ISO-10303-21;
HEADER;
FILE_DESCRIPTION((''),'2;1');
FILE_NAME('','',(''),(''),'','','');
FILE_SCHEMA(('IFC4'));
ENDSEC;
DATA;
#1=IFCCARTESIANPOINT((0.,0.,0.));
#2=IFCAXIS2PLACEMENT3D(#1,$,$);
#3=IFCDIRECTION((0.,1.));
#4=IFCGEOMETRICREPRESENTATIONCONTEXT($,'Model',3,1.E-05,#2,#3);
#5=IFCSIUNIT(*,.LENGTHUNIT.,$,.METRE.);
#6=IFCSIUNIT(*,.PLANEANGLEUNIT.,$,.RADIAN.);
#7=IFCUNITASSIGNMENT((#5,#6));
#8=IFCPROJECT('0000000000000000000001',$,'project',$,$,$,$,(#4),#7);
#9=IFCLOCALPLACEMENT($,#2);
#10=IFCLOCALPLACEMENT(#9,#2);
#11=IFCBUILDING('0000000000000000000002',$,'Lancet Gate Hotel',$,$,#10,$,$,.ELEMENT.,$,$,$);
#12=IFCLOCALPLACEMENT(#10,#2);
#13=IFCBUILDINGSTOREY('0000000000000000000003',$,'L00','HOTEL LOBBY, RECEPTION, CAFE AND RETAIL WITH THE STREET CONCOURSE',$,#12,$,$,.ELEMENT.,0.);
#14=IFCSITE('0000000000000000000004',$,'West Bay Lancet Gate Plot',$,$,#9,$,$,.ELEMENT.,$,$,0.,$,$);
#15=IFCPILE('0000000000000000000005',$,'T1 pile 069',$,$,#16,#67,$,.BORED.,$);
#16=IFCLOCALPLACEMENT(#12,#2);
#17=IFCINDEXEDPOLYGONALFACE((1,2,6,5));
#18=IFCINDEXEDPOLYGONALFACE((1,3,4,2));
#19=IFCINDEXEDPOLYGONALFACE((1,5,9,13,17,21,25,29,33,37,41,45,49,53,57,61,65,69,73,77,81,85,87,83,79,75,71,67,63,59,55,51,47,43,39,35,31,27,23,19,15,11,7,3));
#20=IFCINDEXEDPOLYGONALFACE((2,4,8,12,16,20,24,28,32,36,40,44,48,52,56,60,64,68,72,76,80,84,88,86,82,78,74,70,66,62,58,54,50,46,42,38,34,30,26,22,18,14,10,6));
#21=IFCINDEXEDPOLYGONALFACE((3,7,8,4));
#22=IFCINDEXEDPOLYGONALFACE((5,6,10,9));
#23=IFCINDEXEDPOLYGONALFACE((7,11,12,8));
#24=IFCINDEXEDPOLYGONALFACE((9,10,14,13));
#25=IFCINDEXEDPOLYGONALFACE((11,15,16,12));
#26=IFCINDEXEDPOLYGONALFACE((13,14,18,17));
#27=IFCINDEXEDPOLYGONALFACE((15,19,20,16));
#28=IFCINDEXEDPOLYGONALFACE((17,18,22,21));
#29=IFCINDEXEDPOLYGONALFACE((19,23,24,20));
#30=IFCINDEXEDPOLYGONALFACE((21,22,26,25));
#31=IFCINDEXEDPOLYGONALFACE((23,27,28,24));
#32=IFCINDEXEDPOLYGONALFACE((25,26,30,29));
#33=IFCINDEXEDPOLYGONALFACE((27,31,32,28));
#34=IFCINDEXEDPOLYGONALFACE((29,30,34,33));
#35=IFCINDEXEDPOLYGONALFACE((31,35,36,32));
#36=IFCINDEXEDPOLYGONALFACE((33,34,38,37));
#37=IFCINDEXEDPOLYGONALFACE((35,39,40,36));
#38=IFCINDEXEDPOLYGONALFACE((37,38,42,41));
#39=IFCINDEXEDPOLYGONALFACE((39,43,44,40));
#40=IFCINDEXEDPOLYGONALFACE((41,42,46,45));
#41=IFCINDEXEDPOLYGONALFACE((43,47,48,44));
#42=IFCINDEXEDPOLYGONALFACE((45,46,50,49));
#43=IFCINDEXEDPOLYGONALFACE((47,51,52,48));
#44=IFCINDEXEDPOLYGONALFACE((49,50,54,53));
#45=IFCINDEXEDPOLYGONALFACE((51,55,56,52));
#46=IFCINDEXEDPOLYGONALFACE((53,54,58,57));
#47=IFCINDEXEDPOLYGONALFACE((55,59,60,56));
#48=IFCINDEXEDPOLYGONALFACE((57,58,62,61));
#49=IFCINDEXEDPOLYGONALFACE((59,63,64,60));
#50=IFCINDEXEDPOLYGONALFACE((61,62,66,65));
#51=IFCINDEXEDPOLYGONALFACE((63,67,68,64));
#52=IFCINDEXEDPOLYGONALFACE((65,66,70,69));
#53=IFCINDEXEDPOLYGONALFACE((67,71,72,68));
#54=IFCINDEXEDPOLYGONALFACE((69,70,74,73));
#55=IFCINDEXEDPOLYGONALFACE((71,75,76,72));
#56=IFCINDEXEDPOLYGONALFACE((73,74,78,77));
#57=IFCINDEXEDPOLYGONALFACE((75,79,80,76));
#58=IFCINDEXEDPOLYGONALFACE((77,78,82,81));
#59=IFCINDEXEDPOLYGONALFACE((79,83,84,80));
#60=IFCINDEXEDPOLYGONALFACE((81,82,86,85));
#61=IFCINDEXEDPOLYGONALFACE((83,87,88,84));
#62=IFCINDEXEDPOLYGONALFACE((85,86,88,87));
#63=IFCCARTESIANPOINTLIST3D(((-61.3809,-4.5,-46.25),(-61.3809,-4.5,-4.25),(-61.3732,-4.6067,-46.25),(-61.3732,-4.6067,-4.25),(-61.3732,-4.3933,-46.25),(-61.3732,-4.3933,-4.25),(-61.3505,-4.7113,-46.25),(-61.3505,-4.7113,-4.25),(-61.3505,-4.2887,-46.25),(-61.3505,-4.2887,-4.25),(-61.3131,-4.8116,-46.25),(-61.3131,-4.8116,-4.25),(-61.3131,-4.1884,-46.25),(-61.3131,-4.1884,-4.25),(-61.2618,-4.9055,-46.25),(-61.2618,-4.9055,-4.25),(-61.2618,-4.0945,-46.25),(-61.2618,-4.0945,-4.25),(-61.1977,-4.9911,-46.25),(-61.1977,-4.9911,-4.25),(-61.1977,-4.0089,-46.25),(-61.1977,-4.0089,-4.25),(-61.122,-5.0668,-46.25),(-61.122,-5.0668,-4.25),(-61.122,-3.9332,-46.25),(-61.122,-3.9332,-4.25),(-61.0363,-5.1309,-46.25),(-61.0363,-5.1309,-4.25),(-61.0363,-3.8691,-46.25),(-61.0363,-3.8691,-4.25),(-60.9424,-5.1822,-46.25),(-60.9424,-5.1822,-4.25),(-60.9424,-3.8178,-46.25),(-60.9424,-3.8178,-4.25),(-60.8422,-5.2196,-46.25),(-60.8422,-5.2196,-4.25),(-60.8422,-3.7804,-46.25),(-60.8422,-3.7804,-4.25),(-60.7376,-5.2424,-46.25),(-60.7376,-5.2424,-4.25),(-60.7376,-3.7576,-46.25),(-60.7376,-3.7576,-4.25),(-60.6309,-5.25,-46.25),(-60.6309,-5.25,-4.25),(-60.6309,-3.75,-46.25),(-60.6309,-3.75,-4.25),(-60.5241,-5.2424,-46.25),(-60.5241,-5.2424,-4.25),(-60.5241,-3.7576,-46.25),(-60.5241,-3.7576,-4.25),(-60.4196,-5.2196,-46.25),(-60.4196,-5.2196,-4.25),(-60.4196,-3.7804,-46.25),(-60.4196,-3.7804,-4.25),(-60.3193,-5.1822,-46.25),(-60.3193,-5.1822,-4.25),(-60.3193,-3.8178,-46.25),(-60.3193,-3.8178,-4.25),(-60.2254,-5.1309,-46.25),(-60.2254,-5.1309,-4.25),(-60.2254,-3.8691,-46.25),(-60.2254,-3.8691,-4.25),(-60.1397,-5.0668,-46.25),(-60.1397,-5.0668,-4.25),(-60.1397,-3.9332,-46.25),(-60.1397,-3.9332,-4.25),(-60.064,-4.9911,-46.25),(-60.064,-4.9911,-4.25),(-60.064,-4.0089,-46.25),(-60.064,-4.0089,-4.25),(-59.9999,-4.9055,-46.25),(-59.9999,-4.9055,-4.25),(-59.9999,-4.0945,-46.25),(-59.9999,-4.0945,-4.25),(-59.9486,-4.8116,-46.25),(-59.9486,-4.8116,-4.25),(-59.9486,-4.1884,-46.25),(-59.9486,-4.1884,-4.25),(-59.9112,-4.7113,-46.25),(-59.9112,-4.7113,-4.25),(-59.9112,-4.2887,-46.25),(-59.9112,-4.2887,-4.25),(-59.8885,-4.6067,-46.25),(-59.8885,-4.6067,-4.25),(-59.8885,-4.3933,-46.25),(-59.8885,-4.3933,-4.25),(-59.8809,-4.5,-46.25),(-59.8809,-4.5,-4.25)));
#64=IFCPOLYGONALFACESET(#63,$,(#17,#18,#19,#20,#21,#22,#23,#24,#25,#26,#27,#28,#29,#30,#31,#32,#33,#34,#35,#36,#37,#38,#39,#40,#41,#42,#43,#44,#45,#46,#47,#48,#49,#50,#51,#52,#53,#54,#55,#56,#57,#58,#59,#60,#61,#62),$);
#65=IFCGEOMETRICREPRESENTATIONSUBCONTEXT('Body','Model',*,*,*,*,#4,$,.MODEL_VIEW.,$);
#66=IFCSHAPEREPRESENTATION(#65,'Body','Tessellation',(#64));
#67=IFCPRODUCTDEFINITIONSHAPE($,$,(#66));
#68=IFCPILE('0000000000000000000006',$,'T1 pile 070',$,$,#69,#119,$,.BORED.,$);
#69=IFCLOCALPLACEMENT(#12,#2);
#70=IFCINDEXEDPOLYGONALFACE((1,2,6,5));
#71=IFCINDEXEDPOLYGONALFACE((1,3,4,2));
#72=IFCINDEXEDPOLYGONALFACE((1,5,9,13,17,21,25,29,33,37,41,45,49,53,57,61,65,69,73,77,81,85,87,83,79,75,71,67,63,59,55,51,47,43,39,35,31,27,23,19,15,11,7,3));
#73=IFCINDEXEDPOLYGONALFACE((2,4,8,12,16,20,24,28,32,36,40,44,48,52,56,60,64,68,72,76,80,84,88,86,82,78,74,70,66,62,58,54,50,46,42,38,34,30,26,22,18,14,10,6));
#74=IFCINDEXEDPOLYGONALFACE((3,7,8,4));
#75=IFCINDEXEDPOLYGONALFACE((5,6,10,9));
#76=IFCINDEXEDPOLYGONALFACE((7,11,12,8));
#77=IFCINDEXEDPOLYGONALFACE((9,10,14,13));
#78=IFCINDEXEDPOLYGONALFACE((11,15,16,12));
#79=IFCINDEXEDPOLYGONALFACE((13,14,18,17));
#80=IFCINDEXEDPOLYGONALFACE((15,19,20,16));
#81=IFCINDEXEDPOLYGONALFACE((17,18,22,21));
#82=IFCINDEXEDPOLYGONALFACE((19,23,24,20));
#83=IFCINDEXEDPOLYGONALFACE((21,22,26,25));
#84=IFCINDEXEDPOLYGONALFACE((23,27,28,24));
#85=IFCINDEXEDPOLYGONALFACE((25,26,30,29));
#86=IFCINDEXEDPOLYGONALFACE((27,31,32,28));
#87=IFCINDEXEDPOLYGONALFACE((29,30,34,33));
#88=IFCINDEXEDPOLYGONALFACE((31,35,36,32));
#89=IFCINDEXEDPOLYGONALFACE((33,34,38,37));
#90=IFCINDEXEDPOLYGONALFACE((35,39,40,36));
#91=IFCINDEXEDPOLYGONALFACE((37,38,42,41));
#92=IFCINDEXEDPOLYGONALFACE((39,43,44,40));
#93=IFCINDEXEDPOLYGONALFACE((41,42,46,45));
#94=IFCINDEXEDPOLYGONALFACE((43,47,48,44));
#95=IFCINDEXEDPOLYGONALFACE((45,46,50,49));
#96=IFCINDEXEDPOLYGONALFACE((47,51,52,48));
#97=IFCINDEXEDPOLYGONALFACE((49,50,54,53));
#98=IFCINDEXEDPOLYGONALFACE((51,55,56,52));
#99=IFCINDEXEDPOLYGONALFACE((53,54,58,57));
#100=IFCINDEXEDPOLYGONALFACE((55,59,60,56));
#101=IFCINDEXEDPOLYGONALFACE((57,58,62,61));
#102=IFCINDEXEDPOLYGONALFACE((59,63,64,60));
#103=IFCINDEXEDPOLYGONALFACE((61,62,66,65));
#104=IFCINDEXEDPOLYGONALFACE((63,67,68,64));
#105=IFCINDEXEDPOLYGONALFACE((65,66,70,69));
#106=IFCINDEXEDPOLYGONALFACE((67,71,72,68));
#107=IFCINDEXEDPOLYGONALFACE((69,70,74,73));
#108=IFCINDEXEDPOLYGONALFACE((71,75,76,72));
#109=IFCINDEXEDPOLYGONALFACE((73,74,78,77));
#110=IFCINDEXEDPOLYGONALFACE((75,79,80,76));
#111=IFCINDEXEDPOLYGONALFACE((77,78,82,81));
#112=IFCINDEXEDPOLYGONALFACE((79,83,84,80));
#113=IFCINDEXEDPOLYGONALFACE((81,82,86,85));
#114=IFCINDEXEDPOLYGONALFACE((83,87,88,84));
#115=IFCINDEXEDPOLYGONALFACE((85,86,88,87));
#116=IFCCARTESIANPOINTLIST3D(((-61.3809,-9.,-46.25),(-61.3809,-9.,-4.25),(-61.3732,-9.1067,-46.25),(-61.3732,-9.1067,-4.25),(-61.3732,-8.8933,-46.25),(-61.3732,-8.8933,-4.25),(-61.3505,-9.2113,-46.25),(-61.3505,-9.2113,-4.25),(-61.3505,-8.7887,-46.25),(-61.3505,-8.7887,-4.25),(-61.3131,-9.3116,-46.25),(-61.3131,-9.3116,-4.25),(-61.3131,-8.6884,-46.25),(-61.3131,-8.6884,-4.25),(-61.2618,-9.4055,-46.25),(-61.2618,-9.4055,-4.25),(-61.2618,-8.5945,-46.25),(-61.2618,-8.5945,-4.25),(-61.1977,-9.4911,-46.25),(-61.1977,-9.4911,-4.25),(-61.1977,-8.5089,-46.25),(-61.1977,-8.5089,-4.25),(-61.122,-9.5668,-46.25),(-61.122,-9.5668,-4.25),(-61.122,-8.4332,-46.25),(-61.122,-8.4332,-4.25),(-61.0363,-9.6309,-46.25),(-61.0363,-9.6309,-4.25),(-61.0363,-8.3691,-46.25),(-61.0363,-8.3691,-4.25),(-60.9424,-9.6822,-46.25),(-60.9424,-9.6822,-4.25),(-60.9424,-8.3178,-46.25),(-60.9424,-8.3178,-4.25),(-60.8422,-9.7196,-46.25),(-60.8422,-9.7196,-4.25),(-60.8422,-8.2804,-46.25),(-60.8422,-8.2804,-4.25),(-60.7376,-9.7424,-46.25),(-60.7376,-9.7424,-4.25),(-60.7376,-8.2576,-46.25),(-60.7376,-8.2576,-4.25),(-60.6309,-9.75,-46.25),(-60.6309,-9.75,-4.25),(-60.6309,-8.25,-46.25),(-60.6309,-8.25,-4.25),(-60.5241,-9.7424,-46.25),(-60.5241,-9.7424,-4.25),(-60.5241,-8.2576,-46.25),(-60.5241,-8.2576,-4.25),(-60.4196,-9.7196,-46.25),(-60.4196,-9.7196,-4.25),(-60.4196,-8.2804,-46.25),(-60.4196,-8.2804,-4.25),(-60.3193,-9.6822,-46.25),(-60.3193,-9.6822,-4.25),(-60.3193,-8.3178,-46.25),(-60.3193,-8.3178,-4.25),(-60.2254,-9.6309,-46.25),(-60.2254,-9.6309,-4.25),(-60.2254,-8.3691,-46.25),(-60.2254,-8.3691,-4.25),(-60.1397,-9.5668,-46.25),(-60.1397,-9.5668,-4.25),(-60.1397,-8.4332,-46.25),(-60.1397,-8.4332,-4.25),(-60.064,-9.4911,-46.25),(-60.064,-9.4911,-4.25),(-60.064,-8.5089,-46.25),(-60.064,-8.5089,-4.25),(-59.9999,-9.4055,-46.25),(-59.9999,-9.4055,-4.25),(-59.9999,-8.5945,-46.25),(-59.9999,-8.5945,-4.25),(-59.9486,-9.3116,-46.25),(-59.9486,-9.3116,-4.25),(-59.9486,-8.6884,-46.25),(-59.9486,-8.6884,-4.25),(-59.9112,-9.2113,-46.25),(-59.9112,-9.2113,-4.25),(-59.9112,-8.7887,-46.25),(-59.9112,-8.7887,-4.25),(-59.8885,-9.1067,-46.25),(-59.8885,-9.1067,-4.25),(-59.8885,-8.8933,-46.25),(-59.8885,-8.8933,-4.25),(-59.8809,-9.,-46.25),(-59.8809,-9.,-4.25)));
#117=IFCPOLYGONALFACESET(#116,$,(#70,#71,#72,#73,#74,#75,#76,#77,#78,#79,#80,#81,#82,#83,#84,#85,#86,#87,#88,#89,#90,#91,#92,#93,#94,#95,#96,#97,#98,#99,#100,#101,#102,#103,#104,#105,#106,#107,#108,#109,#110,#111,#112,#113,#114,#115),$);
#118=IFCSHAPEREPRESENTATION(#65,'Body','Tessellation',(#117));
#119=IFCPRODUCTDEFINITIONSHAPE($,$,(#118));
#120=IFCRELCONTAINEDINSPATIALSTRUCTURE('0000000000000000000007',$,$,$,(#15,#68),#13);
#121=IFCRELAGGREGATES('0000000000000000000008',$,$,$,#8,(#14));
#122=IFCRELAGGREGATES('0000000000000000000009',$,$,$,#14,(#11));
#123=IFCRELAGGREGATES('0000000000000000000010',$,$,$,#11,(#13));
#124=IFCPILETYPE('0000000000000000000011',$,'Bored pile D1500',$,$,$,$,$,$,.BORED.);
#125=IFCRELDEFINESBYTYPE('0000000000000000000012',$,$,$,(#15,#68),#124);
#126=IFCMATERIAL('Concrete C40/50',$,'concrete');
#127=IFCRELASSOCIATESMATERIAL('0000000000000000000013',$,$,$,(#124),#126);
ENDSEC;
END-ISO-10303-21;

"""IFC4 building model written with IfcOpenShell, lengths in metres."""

from ifc_helpers import new_model, si_unit, direction, frame, origin, origin_2d, place, context, subcontext, project, spatial, circle, extrude, material, material_profile, profile_set, type_object, element, save


model = new_model("IFC4")

# Units and contexts
model_context = context("Model", 3, precision=1e-05, world=origin(), true_north=direction((0.0, 1.0)))
body_context = subcontext(model_context, "Body", "Model", "MODEL_VIEW")
ifc_project = project(units=[si_unit("LENGTHUNIT", "METRE"), si_unit("PLANEANGLEUNIT", "RADIAN")], contexts=[model_context])

# Site, building, storey
site_placement = place(None, origin())
site = spatial("IfcSite", under=ifc_project, at=site_placement, Name="West Bay Lancet Gate Plot", CompositionType="ELEMENT", RefElevation=0.0)
building_placement = place(site_placement, origin())
building = spatial("IfcBuilding", under=site, at=building_placement, Name="Lancet Gate Hotel", CompositionType="ELEMENT")
storey_placement = place(building_placement, origin())
storey = spatial("IfcBuildingStorey", under=building, at=storey_placement, Name="L00", Description="HOTEL LOBBY, RECEPTION, CAFE AND RETAIL WITH THE STREET CONCOURSE", CompositionType="ELEMENT", Elevation=0.0)

# Piles
ifc_material_1 = material(Name="Concrete C40/50", Category="concrete")
ifc_material_profile_1 = material_profile(ifc_material_1, circle(Radius=0.75, at=origin_2d()), Name="PILE D1500")
ifc_profile_set_1 = profile_set([ifc_material_profile_1], Name="Concrete C40/50")
pile_type = type_object("IfcPileType", Name="Bored pile D1500", PredefinedType="BORED", material=ifc_profile_set_1)
for number, where, z_axis, x_axis, name in (
    (1, (-60.6309, -4.5, -4.25), (0.0, 0.0, -1.0), (1.0, 0.0, 0.0), "T1 pile 069"),
    (2, (-60.6309, -9.0, -4.25), (0.0, 0.0, -1.0), (1.0, 0.0, 0.0), "T1 pile 070"),
):
    element("IfcPile", number, at=place(storey_placement, frame(where, z_axis=z_axis, x_axis=x_axis)), inside=storey, type_object=pile_type, Name=name, PredefinedType="BORED", context=body_context, shape_type="SweptSolid", body=[
        extrude(circle(Radius=0.75, at=origin_2d()), origin(), (0.0, 0.0, 1.0), 42.0),
    ])

save(model, "model.ifc")
